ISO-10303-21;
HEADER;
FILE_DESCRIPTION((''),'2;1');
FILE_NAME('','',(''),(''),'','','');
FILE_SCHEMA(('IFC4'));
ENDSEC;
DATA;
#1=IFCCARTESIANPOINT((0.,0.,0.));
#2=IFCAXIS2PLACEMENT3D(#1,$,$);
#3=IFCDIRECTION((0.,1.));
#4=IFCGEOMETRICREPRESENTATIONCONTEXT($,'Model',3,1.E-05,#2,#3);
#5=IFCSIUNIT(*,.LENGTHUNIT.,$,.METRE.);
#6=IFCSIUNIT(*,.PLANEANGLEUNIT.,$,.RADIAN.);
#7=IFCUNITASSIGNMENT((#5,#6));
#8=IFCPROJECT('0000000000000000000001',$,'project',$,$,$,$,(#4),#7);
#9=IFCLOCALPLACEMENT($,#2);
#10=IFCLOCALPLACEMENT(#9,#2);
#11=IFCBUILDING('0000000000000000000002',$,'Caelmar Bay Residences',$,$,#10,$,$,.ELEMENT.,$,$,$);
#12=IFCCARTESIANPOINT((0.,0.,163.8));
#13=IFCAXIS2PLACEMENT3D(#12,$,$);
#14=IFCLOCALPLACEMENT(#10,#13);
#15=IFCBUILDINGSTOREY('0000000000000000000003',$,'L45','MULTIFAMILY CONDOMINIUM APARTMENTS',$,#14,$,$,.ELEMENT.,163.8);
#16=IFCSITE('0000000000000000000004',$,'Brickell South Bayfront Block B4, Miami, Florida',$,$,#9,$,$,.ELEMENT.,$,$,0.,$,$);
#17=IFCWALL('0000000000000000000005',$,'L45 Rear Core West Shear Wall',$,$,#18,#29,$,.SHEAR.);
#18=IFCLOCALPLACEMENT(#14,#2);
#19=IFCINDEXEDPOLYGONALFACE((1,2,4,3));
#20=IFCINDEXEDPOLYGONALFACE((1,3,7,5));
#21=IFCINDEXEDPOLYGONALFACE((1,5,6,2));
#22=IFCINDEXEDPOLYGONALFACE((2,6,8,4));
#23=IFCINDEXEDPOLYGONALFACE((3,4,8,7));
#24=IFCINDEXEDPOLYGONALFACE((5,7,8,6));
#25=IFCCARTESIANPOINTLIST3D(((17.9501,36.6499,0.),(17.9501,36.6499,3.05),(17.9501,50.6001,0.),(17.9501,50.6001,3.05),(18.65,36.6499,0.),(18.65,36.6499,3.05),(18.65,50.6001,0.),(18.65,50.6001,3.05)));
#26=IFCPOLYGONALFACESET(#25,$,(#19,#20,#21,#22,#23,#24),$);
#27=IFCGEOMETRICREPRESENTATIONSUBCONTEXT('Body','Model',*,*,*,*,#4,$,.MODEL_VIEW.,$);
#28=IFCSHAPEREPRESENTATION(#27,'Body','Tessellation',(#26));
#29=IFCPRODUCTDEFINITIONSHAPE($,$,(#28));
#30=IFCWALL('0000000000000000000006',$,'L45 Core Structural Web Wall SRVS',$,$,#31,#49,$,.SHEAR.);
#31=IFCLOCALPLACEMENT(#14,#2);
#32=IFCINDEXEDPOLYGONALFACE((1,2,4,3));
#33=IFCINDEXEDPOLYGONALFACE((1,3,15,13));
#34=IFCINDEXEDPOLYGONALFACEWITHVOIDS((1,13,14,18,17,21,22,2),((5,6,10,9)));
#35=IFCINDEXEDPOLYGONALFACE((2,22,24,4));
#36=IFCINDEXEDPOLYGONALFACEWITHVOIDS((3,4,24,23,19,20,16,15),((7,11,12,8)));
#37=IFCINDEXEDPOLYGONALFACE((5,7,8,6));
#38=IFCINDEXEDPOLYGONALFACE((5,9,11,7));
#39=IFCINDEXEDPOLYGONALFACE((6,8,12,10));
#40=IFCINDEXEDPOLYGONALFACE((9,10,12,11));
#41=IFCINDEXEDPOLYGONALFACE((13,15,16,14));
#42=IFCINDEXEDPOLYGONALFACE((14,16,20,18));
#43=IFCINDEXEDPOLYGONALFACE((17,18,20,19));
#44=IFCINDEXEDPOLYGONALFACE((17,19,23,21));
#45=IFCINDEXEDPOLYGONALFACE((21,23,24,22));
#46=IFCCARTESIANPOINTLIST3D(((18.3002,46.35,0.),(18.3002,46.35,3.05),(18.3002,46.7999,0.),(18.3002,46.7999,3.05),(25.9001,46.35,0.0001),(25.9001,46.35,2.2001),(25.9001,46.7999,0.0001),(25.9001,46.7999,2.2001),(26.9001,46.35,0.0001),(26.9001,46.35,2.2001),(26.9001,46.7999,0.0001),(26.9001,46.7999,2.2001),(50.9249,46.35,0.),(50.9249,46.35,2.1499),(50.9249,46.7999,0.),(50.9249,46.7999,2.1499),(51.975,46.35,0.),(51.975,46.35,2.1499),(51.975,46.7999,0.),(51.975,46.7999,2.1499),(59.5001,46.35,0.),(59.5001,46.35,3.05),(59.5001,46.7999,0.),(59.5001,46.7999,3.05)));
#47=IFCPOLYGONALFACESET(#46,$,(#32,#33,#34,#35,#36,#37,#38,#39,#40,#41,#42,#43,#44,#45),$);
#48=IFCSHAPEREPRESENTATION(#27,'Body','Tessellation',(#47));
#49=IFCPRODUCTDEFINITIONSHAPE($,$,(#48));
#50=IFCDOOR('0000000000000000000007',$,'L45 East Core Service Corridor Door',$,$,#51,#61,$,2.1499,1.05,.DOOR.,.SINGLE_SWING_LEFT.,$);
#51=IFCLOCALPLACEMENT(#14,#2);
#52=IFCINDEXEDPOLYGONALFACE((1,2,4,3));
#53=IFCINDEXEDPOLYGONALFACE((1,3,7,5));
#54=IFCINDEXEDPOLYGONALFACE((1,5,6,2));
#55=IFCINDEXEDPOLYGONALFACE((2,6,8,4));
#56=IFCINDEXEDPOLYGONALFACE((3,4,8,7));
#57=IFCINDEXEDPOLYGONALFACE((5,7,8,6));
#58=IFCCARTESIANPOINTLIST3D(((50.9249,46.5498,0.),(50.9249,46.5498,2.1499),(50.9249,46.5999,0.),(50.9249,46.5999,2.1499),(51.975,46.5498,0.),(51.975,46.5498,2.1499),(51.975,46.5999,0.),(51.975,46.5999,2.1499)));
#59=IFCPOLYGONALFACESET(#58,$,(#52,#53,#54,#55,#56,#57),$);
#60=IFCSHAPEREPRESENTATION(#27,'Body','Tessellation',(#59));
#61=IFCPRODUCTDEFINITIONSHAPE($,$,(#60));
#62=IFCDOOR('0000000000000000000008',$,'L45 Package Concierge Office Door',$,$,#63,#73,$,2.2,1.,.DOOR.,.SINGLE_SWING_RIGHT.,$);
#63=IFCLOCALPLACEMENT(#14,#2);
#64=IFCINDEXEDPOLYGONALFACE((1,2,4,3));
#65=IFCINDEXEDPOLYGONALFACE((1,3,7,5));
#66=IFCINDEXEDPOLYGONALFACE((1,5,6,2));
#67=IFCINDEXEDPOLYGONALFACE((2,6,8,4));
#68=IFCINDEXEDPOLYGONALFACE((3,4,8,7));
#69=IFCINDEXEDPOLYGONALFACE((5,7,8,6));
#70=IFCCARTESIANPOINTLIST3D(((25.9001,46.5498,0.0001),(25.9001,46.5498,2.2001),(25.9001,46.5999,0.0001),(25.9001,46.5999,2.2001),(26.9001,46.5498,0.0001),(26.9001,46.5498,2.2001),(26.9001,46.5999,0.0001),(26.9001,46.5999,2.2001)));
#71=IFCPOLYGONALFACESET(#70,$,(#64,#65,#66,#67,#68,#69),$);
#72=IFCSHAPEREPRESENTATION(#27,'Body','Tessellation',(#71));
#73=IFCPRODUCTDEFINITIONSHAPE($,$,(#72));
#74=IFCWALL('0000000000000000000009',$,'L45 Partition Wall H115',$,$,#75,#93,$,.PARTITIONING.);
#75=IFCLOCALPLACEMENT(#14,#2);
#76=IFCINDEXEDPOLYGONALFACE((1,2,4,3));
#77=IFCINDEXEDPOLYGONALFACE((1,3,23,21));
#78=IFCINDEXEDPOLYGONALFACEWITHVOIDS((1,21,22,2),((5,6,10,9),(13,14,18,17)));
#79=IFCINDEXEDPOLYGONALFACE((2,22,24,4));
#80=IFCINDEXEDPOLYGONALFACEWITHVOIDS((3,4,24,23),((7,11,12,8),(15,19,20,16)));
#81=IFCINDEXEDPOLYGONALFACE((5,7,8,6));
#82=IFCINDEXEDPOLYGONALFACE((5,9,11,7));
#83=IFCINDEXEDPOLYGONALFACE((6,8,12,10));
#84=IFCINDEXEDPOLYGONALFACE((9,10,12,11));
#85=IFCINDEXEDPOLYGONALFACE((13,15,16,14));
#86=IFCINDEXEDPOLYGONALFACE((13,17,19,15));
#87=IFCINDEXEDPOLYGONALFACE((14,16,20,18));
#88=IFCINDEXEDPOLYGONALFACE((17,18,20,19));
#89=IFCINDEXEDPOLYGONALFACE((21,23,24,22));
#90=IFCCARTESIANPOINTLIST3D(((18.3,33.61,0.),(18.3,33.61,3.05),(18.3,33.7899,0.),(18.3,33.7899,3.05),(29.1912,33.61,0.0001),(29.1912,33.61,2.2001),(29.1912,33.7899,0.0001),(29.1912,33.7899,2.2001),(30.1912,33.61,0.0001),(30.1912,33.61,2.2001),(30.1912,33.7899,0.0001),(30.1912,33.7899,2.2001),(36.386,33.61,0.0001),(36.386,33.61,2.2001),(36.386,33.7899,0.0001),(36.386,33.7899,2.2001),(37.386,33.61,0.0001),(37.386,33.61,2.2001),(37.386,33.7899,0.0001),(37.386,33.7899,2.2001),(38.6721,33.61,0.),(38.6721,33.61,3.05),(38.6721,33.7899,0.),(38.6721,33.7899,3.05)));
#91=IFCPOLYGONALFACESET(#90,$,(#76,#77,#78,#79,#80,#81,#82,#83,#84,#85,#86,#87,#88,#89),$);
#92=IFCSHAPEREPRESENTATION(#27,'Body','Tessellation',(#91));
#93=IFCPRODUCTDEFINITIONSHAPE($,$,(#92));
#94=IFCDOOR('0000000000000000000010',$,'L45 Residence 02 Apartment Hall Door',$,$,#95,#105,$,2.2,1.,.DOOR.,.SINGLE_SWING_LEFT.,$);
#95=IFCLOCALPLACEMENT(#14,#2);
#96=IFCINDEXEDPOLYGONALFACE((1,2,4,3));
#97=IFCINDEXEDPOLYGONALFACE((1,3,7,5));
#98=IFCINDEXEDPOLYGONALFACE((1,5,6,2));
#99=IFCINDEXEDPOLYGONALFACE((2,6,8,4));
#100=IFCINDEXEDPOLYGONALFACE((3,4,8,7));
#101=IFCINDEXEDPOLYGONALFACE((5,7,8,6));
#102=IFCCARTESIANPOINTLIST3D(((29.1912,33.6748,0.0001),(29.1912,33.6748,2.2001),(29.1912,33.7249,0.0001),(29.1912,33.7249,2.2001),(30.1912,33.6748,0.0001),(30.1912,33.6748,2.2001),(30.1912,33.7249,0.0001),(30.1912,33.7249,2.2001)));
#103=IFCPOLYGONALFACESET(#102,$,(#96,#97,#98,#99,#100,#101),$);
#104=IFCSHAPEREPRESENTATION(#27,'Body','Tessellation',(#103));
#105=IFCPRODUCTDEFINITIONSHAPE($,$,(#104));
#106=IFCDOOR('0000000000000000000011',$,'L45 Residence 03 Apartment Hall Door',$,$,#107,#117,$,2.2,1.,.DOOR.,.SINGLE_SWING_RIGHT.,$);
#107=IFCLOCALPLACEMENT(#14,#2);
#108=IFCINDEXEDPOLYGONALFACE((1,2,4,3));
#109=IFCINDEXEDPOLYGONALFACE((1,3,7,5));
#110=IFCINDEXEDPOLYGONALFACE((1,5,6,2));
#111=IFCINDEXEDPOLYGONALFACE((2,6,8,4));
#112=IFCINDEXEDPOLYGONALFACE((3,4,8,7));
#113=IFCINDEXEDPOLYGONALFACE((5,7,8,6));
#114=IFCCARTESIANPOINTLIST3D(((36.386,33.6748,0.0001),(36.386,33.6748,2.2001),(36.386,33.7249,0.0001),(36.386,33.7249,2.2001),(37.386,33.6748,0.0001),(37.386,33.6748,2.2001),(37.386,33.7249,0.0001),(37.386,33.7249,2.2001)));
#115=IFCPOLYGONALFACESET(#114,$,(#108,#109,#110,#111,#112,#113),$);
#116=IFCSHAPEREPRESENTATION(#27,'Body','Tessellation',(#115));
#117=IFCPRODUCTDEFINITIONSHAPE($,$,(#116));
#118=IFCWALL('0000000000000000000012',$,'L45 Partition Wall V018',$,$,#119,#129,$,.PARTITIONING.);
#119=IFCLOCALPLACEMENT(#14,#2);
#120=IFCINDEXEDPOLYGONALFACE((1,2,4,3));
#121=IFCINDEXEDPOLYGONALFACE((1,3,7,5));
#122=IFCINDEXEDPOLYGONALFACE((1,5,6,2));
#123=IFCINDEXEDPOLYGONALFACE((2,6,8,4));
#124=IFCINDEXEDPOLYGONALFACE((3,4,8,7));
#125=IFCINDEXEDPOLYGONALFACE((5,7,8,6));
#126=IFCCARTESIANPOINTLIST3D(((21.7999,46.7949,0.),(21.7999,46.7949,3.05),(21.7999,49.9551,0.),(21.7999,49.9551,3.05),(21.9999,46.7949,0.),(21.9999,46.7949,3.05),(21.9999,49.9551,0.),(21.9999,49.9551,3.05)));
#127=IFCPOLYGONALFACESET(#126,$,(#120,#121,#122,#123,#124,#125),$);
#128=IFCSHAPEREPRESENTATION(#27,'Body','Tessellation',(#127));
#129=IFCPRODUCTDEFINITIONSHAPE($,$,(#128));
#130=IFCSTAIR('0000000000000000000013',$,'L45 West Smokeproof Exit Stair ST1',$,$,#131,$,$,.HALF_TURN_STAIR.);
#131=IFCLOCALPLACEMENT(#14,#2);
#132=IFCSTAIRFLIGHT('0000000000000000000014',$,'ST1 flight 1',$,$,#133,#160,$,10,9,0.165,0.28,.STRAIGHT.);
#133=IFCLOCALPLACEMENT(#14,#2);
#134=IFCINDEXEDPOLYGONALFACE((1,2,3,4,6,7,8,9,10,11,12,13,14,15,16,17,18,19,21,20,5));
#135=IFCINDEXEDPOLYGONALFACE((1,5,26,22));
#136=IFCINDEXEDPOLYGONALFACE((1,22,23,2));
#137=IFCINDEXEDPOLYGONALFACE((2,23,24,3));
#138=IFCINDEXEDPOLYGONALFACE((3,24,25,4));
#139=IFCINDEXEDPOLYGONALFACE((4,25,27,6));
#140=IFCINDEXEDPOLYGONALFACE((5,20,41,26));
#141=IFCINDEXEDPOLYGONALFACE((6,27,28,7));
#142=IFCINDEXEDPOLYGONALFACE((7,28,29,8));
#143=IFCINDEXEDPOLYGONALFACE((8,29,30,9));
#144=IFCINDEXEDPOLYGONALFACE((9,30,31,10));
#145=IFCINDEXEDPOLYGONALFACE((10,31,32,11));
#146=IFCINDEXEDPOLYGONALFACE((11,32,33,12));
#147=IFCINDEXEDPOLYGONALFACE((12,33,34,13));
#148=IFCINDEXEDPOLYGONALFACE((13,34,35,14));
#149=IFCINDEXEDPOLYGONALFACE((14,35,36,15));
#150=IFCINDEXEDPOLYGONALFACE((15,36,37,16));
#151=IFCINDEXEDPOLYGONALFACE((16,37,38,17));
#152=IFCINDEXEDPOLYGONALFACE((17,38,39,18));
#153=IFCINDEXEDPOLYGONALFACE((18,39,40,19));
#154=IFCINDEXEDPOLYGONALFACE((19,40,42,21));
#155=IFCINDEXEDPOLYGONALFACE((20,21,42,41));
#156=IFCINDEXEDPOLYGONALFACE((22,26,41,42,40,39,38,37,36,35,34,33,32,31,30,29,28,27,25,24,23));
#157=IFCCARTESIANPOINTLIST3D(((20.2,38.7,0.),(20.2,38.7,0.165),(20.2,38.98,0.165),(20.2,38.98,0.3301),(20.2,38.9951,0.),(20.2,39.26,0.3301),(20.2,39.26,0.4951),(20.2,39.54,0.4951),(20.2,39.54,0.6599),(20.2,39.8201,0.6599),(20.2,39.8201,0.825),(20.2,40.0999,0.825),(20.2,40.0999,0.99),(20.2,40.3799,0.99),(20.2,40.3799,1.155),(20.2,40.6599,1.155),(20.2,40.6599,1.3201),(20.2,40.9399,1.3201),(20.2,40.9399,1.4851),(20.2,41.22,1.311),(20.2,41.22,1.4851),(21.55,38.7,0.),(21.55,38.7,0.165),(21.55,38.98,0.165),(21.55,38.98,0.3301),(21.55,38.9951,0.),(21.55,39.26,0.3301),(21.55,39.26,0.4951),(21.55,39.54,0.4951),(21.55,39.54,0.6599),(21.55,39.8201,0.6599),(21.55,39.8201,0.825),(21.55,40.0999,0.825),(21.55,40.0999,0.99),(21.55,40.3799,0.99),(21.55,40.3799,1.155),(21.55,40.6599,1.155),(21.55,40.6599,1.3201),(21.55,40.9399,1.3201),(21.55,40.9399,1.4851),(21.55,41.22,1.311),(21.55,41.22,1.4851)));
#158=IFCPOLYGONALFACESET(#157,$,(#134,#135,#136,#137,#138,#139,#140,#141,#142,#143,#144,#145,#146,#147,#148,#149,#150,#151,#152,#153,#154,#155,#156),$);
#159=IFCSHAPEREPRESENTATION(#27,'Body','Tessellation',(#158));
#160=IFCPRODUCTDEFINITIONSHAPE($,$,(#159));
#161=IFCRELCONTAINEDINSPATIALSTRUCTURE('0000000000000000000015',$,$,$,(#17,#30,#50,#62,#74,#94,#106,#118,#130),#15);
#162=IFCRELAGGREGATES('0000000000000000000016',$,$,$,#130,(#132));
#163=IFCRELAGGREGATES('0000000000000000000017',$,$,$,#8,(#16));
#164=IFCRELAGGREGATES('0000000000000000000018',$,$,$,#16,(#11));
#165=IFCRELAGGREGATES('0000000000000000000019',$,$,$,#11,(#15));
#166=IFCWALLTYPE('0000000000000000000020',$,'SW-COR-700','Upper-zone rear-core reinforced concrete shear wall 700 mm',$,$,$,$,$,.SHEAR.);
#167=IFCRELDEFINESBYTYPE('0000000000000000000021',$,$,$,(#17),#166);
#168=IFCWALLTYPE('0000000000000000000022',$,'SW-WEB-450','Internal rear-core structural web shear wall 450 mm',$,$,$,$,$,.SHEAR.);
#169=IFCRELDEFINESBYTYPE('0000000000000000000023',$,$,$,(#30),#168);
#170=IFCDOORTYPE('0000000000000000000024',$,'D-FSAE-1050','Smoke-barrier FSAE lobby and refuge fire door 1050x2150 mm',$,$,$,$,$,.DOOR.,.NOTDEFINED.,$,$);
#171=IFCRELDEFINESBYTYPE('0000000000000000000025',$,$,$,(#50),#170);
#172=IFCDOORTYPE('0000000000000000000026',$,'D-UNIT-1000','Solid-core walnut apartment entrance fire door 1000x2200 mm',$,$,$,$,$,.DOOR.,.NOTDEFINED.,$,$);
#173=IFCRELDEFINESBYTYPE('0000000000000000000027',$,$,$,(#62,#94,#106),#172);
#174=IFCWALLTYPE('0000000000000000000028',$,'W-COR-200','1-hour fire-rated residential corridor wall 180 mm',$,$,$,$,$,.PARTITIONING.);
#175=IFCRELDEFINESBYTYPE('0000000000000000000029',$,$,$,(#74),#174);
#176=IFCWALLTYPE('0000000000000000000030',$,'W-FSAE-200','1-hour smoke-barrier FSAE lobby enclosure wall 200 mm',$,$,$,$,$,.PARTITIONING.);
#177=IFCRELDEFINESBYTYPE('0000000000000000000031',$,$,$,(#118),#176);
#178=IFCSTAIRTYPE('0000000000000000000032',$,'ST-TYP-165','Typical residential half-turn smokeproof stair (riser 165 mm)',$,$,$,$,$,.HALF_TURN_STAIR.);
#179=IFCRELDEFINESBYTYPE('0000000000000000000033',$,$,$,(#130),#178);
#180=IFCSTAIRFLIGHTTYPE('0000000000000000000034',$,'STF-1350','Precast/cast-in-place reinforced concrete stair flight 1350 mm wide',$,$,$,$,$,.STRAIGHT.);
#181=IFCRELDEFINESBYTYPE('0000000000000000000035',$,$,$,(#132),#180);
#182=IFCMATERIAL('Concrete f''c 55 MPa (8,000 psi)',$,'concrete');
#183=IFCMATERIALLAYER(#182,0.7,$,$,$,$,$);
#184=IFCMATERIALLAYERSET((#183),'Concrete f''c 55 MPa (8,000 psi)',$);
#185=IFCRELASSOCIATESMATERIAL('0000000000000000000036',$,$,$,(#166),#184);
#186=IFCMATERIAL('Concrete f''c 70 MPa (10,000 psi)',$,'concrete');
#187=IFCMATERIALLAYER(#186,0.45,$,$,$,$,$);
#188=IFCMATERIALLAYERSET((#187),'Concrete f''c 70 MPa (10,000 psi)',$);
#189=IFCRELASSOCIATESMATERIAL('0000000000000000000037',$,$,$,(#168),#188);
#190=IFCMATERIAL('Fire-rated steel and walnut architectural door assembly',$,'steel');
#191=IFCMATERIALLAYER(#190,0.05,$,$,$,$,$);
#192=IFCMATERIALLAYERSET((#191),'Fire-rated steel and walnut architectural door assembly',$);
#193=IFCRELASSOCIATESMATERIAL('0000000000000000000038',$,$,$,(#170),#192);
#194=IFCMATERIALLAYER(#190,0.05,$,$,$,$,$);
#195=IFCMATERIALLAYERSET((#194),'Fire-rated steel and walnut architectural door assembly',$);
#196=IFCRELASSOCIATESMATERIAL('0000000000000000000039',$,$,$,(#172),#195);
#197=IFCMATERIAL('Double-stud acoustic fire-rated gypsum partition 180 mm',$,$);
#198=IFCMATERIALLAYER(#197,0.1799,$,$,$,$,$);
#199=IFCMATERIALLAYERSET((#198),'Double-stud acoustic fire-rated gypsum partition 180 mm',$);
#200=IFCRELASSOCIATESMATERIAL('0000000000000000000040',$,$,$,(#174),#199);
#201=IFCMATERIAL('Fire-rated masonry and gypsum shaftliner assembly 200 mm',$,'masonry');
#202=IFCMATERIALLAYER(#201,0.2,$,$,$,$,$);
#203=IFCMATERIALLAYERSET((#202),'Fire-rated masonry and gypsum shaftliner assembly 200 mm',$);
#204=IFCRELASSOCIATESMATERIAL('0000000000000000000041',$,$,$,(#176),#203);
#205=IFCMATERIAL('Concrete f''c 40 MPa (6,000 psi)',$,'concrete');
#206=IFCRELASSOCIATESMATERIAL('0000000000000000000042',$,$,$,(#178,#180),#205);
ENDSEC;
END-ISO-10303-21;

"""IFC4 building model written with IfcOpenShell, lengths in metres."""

from ifc_helpers import new_model, si_unit, direction, frame, frame_2d, origin, place, context, subcontext, project, spatial, polyline, rectangle, outline, extrude, material, layer, layer_set, type_object, element, fill, aggregate, save


model = new_model("IFC4")

# Units and contexts
model_context = context("Model", 3, precision=1e-05, world=origin(), true_north=direction((0.0, 1.0)))
body_context = subcontext(model_context, "Body", "Model", "MODEL_VIEW")
ifc_project = project(units=[si_unit("LENGTHUNIT", "METRE"), si_unit("PLANEANGLEUNIT", "RADIAN")], contexts=[model_context])

# Site, building, storey
site_placement = place(None, origin())
site = spatial("IfcSite", under=ifc_project, at=site_placement, Name="Brickell South Bayfront Block B4, Miami, Florida", CompositionType="ELEMENT", RefElevation=0.0)
building_placement = place(site_placement, origin())
building = spatial("IfcBuilding", under=site, at=building_placement, Name="Caelmar Bay Residences", CompositionType="ELEMENT")
storey_placement = place(building_placement, frame((0.0, 0.0, 163.8)))
storey = spatial("IfcBuildingStorey", under=building, at=storey_placement, Name="L45", Description="MULTIFAMILY CONDOMINIUM APARTMENTS", CompositionType="ELEMENT", Elevation=163.8)

# Wall
ifc_material_1 = material(Name="Concrete f'c 55 MPa (8,000 psi)", Category="concrete")
ifc_layer_1 = layer(ifc_material_1, 0.7)
ifc_layer_set_1 = layer_set([ifc_layer_1], Name="Concrete f'c 55 MPa (8,000 psi)")
wall_type_1 = type_object("IfcWallType", Name="SW-COR-700", Description="Upper-zone rear-core reinforced concrete shear wall 700 mm", PredefinedType="SHEAR", material=ifc_layer_set_1)
wall_1_placement = place(storey_placement, frame((18.3, 36.6499, 0.0), z_axis=(0.0, 0.0, 1.0), x_axis=(0.0, 1.0, 0.0)))
element("IfcWall", 1, at=wall_1_placement, inside=storey, type_object=wall_type_1, Name="L45 Rear Core West Shear Wall", PredefinedType="SHEAR", context=body_context, shape_type="SweptSolid", body=[
    extrude(rectangle(XDim=13.9502, YDim=0.7, at=frame_2d((6.9751, 0.0))), origin(), (0.0, 0.0, 1.0), 3.05),
])

# Shared definitions
ifc_material_2 = material(Name="Fire-rated steel and walnut architectural door assembly", Category="steel")

# Walls, openings, doors
ifc_material_3 = material(Name="Concrete f'c 70 MPa (10,000 psi)", Category="concrete")
ifc_layer_2 = layer(ifc_material_3, 0.45)
ifc_layer_set_2 = layer_set([ifc_layer_2], Name="Concrete f'c 70 MPa (10,000 psi)")
wall_type_2 = type_object("IfcWallType", Name="SW-WEB-450", Description="Internal rear-core structural web shear wall 450 mm", PredefinedType="SHEAR", material=ifc_layer_set_2)
ifc_layer_3 = layer(ifc_material_2, 0.05)
ifc_layer_set_3 = layer_set([ifc_layer_3], Name="Fire-rated steel and walnut architectural door assembly")
door_type_1 = type_object("IfcDoorType", Name="D-FSAE-1050", Description="Smoke-barrier FSAE lobby and refuge fire door 1050x2150 mm", OperationType="NOTDEFINED", PredefinedType="DOOR", material=ifc_layer_set_3)
ifc_layer_4 = layer(ifc_material_2, 0.05)
ifc_layer_set_4 = layer_set([ifc_layer_4], Name="Fire-rated steel and walnut architectural door assembly")
door_type_2 = type_object("IfcDoorType", Name="D-UNIT-1000", Description="Solid-core walnut apartment entrance fire door 1000x2200 mm", OperationType="NOTDEFINED", PredefinedType="DOOR", material=ifc_layer_set_4)
wall_2_placement = place(storey_placement, frame((18.3, 46.575, 0.0), z_axis=(0.0, 0.0, 1.0), x_axis=(1.0, 0.0, 0.0)))
wall_2 = element("IfcWall", 2, at=wall_2_placement, inside=storey, type_object=wall_type_2, Name="L45 Core Structural Web Wall SRVS", PredefinedType="SHEAR", context=body_context, shape_type="SweptSolid", body=[
    extrude(rectangle(XDim=41.2, YDim=0.45, at=frame_2d((20.6001, 0.0))), origin(), (0.0, 0.0, 1.0), 3.05),
])
opening_1_placement = place(wall_2_placement, frame((7.6001, 0.0, 0.0)))
opening_1 = element("IfcOpeningElement", 3, at=opening_1_placement, cuts=wall_2, PredefinedType="OPENING", context=body_context, shape_type="SweptSolid", body=[
    extrude(rectangle(XDim=1.0, YDim=2.2, at=frame_2d((0.5, 1.1001))), frame((0.0, 0.2349, 0.0), z_axis=(0.0, -1.0, 0.0), x_axis=(1.0, 0.0, 0.0)), (0.0, 0.0, 1.0), 0.47),
])
opening_2_placement = place(wall_2_placement, frame((32.625, 0.0, 0.0)))
opening_2 = element("IfcOpeningElement", 4, at=opening_2_placement, cuts=wall_2, PredefinedType="OPENING", context=body_context, shape_type="SweptSolid", body=[
    extrude(rectangle(XDim=1.05, YDim=2.1499, at=frame_2d((0.5249, 1.075))), frame((0.0, 0.2349, 0.0), z_axis=(0.0, -1.0, 0.0), x_axis=(1.0, 0.0, 0.0)), (0.0, 0.0, 1.0), 0.47),
])
door_1_placement = place(opening_2_placement, origin())
door_1 = element("IfcDoor", 5, at=door_1_placement, inside=storey, type_object=door_type_1, Name="L45 East Core Service Corridor Door", OperationType="SINGLE_SWING_LEFT", OverallHeight=2.1499, OverallWidth=1.05, PredefinedType="DOOR", context=body_context, shape_type="SweptSolid", body=[
    extrude(rectangle(XDim=1.05, YDim=2.1499, at=frame_2d((0.5249, 1.075))), frame((0.0, 0.0249, 0.0), z_axis=(0.0, -1.0, 0.0), x_axis=(1.0, 0.0, 0.0)), (0.0, 0.0, 1.0), 0.05),
])
fill(opening_2, door_1)
door_2_placement = place(opening_1_placement, origin())
door_2 = element("IfcDoor", 6, at=door_2_placement, inside=storey, type_object=door_type_2, Name="L45 Package Concierge Office Door", OperationType="SINGLE_SWING_RIGHT", OverallHeight=2.2, OverallWidth=1.0, PredefinedType="DOOR", context=body_context, shape_type="SweptSolid", body=[
    extrude(rectangle(XDim=1.0, YDim=2.2, at=frame_2d((0.5, 1.1001))), frame((0.0, 0.0249, 0.0), z_axis=(0.0, -1.0, 0.0), x_axis=(1.0, 0.0, 0.0)), (0.0, 0.0, 1.0), 0.05),
])
fill(opening_1, door_2)
ifc_material_4 = material(Name="Double-stud acoustic fire-rated gypsum partition 180 mm")
ifc_layer_5 = layer(ifc_material_4, 0.1799)
ifc_layer_set_5 = layer_set([ifc_layer_5], Name="Double-stud acoustic fire-rated gypsum partition 180 mm")
wall_type_3 = type_object("IfcWallType", Name="W-COR-200", Description="1-hour fire-rated residential corridor wall 180 mm", PredefinedType="PARTITIONING", material=ifc_layer_set_5)
wall_3_placement = place(storey_placement, frame((18.3, 33.7, 0.0), z_axis=(0.0, 0.0, 1.0), x_axis=(1.0, 0.0, 0.0)))
wall_3 = element("IfcWall", 7, at=wall_3_placement, inside=storey, type_object=wall_type_3, Name="L45 Partition Wall H115", PredefinedType="PARTITIONING", context=body_context, shape_type="SweptSolid", body=[
    extrude(rectangle(XDim=20.3721, YDim=0.1799, at=frame_2d((10.186, 0.0))), origin(), (0.0, 0.0, 1.0), 3.05),
])
opening_3_placement = place(wall_3_placement, frame((10.8911, 0.0, 0.0)))
opening_3 = element("IfcOpeningElement", 8, at=opening_3_placement, cuts=wall_3, PredefinedType="OPENING", context=body_context, shape_type="SweptSolid", body=[
    extrude(rectangle(XDim=1.0, YDim=2.2, at=frame_2d((0.5, 1.1001))), frame((0.0, 0.0999, 0.0), z_axis=(0.0, -1.0, 0.0), x_axis=(1.0, 0.0, 0.0)), (0.0, 0.0, 1.0), 0.2),
])
opening_4_placement = place(wall_3_placement, frame((18.0859, 0.0, 0.0)))
opening_4 = element("IfcOpeningElement", 9, at=opening_4_placement, cuts=wall_3, PredefinedType="OPENING", context=body_context, shape_type="SweptSolid", body=[
    extrude(rectangle(XDim=1.0, YDim=2.2, at=frame_2d((0.5, 1.1001))), frame((0.0, 0.0999, 0.0), z_axis=(0.0, -1.0, 0.0), x_axis=(1.0, 0.0, 0.0)), (0.0, 0.0, 1.0), 0.2),
])
door_3_placement = place(opening_3_placement, origin())
door_3 = element("IfcDoor", 10, at=door_3_placement, inside=storey, type_object=door_type_2, Name="L45 Residence 02 Apartment Hall Door", OperationType="SINGLE_SWING_LEFT", OverallHeight=2.2, OverallWidth=1.0, PredefinedType="DOOR", context=body_context, shape_type="SweptSolid", body=[
    extrude(rectangle(XDim=1.0, YDim=2.2, at=frame_2d((0.5, 1.1001))), frame((0.0, 0.0249, 0.0), z_axis=(0.0, -1.0, 0.0), x_axis=(1.0, 0.0, 0.0)), (0.0, 0.0, 1.0), 0.05),
])
fill(opening_3, door_3)
door_4_placement = place(opening_4_placement, origin())
door_4 = element("IfcDoor", 11, at=door_4_placement, inside=storey, type_object=door_type_2, Name="L45 Residence 03 Apartment Hall Door", OperationType="SINGLE_SWING_RIGHT", OverallHeight=2.2, OverallWidth=1.0, PredefinedType="DOOR", context=body_context, shape_type="SweptSolid", body=[
    extrude(rectangle(XDim=1.0, YDim=2.2, at=frame_2d((0.5, 1.1001))), frame((0.0, 0.0249, 0.0), z_axis=(0.0, -1.0, 0.0), x_axis=(1.0, 0.0, 0.0)), (0.0, 0.0, 1.0), 0.05),
])
fill(opening_4, door_4)

# Wall
ifc_material_5 = material(Name="Fire-rated masonry and gypsum shaftliner assembly 200 mm", Category="masonry")
ifc_layer_6 = layer(ifc_material_5, 0.2)
ifc_layer_set_6 = layer_set([ifc_layer_6], Name="Fire-rated masonry and gypsum shaftliner assembly 200 mm")
wall_type_4 = type_object("IfcWallType", Name="W-FSAE-200", Description="1-hour smoke-barrier FSAE lobby enclosure wall 200 mm", PredefinedType="PARTITIONING", material=ifc_layer_set_6)
wall_4_placement = place(storey_placement, frame((21.8999, 46.7949, 0.0), z_axis=(0.0, 0.0, 1.0), x_axis=(0.0, 1.0, 0.0)))
element("IfcWall", 12, at=wall_4_placement, inside=storey, type_object=wall_type_4, Name="L45 Partition Wall V018", PredefinedType="PARTITIONING", context=body_context, shape_type="SweptSolid", body=[
    extrude(rectangle(XDim=3.1602, YDim=0.2, at=frame_2d((1.5801, 0.0))), origin(), (0.0, 0.0, 1.0), 3.05),
])

# Stair, stair flight
ifc_material_6 = material(Name="Concrete f'c 40 MPa (6,000 psi)", Category="concrete")
stair_type = type_object("IfcStairType", Name="ST-TYP-165", Description="Typical residential half-turn smokeproof stair (riser 165 mm)", PredefinedType="HALF_TURN_STAIR", material=ifc_material_6)
stair_placement = place(storey_placement, origin())
stair = element("IfcStair", 13, at=stair_placement, inside=storey, type_object=stair_type, Name="L45 West Smokeproof Exit Stair ST1", PredefinedType="HALF_TURN_STAIR")
stair_flight_type = type_object("IfcStairFlightType", Name="STF-1350", Description="Precast/cast-in-place reinforced concrete stair flight 1350 mm wide", PredefinedType="STRAIGHT", material=ifc_material_6)
stair_flight_1_placement = place(storey_placement, frame((20.875, 38.7, 0.0), z_axis=(0.0, 0.0, 1.0), x_axis=(0.0, 1.0, 0.0)))
stair_flight_1 = element("IfcStairFlight", 14, at=stair_flight_1_placement, type_object=stair_flight_type, Name="ST1 flight 1", NumberOfRisers=10, NumberOfTreads=9, PredefinedType="STRAIGHT", RiserHeight=0.165, TreadLength=0.28, context=body_context, shape_type="SweptSolid", body=[
    extrude(outline(polyline([(0.0, 0.0), (0.0, 0.165), (0.28, 0.165), (0.28, 0.3301), (0.5601, 0.3301), (0.5601, 0.4951), (0.8401, 0.4951), (0.8401, 0.6599), (1.1201, 0.6599), (1.1201, 0.825), (1.3999, 0.825), (1.3999, 0.99), (1.6799, 0.99), (1.6799, 1.155), (1.96, 1.155), (1.96, 1.3201), (2.24, 1.3201), (2.24, 1.4851), (2.52, 1.4851), (2.52, 1.6499), (2.52, 1.311), (0.2952, 0.0), (0.0, 0.0)])), frame((0.0, 0.675, 0.0), z_axis=(0.0, -1.0, 0.0), x_axis=(1.0, 0.0, 0.0)), (0.0, 0.0, 1.0), 1.3501),
])
aggregate(stair, [stair_flight_1])

save(model, "model.ifc")
